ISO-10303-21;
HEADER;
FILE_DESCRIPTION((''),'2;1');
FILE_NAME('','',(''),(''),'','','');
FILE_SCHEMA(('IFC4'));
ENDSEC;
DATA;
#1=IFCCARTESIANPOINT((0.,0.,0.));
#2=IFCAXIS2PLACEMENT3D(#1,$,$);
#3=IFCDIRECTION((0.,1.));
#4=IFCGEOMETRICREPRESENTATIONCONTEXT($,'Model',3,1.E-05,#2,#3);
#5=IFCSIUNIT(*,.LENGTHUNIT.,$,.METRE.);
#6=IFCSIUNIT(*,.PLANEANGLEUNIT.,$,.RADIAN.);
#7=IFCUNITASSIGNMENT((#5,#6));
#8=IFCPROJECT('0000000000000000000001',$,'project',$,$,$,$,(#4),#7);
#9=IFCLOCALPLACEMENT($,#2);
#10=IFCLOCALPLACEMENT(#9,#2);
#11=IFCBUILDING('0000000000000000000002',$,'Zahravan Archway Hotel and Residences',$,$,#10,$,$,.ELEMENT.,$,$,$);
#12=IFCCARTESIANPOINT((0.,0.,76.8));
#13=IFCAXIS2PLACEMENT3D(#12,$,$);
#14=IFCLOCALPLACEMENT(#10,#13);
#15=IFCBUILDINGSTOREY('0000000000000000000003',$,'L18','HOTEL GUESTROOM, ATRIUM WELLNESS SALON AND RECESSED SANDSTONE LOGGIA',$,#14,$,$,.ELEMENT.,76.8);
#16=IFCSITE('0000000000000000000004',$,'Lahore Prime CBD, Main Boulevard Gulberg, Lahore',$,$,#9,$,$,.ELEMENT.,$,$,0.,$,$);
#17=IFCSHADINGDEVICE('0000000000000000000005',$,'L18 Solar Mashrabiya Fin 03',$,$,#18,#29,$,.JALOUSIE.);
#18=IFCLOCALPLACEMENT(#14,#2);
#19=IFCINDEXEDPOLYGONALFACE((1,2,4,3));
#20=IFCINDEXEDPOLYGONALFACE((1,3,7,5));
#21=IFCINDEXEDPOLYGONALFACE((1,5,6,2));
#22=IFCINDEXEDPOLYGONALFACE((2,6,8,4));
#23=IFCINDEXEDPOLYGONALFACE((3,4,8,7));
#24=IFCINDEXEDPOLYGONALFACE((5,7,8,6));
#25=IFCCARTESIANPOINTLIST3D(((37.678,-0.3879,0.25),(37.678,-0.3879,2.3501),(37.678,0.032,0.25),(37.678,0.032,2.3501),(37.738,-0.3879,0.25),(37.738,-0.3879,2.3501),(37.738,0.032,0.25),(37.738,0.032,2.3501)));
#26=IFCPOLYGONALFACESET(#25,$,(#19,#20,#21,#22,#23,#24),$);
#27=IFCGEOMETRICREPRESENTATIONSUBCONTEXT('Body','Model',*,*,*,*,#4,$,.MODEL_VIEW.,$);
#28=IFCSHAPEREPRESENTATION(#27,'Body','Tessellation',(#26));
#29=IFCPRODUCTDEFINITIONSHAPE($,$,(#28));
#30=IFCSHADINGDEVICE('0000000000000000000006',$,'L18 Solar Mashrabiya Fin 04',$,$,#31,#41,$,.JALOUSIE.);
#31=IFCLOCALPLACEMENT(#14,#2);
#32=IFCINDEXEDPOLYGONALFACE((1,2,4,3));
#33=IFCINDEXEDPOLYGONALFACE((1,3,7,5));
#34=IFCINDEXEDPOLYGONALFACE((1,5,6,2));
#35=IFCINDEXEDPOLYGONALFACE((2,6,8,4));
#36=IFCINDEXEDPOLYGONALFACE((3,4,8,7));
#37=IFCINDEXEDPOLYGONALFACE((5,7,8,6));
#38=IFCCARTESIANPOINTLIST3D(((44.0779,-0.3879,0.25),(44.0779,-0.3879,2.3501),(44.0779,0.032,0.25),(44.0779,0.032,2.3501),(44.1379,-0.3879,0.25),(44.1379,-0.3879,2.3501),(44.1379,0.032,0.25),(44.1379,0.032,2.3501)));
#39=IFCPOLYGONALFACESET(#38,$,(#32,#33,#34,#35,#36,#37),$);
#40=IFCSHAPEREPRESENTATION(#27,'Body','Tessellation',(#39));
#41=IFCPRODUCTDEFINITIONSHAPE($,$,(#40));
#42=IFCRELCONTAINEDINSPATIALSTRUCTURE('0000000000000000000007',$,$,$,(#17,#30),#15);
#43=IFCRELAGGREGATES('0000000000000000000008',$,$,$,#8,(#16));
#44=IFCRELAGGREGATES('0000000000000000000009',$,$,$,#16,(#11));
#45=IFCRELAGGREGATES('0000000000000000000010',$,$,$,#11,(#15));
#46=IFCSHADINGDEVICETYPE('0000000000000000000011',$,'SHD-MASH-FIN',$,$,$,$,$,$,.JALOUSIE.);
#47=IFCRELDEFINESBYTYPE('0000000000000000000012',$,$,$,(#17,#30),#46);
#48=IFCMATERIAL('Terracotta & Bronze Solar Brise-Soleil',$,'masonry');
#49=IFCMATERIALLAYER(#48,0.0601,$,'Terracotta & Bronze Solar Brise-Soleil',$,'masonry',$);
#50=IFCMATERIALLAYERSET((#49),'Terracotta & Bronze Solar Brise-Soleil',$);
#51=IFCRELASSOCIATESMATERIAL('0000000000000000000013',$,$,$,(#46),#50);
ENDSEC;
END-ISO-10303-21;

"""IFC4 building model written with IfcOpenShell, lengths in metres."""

from ifc_helpers import new_model, si_unit, direction, frame, origin, origin_2d, place, context, subcontext, project, spatial, rectangle, extrude, source, transform, mapped, material, layer, layer_set, type_object, type_shapes, element, save


model = new_model("IFC4")

# Units and contexts
model_context = context("Model", 3, precision=1e-05, world=origin(), true_north=direction((0.0, 1.0)))
body_context = subcontext(model_context, "Body", "Model", "MODEL_VIEW")
ifc_project = project(units=[si_unit("LENGTHUNIT", "METRE"), si_unit("PLANEANGLEUNIT", "RADIAN")], contexts=[model_context])

# Site, building, storey
site_placement = place(None, origin())
site = spatial("IfcSite", under=ifc_project, at=site_placement, Name="Lahore Prime CBD, Main Boulevard Gulberg, Lahore", CompositionType="ELEMENT", RefElevation=0.0)
building_placement = place(site_placement, origin())
building = spatial("IfcBuilding", under=site, at=building_placement, Name="Zahravan Archway Hotel and Residences", CompositionType="ELEMENT")
storey_placement = place(building_placement, frame((0.0, 0.0, 76.8)))
storey = spatial("IfcBuildingStorey", under=building, at=storey_placement, Name="L18", Description="HOTEL GUESTROOM, ATRIUM WELLNESS SALON AND RECESSED SANDSTONE LOGGIA", CompositionType="ELEMENT", Elevation=76.8)

# Shading devices
ifc_material_1 = material(Name="Terracotta & Bronze Solar Brise-Soleil", Category="masonry")
ifc_layer_1 = layer(ifc_material_1, 0.0601, Name="Terracotta & Bronze Solar Brise-Soleil", Category="masonry")
ifc_layer_set_1 = layer_set([ifc_layer_1], Name="Terracotta & Bronze Solar Brise-Soleil")
shading_device_type = type_object("IfcShadingDeviceType", Name="SHD-MASH-FIN", PredefinedType="JALOUSIE", material=ifc_layer_set_1)
shared_shape_1 = source(origin(), body_context, "Body", "SweptSolid", [
    extrude(rectangle(XDim=0.0601, YDim=0.4199, at=origin_2d()), origin(), (0.0, 0.0, 1.0), 2.1001),
])
type_shapes(shading_device_type, [shared_shape_1])
for number, where, z_axis, x_axis, name in (
    (1, (37.708, -0.178, 0.25), (0.0, 0.0, 1.0), (1.0, 0.0, 0.0), "L18 Solar Mashrabiya Fin 03"),
    (2, (44.1079, -0.178, 0.25), (0.0, 0.0, 1.0), (1.0, 0.0, 0.0), "L18 Solar Mashrabiya Fin 04"),
):
    element("IfcShadingDevice", number, at=place(storey_placement, frame(where, z_axis=z_axis, x_axis=x_axis)), inside=storey, type_object=shading_device_type, Name=name, PredefinedType="JALOUSIE", context=body_context, shape_type="MappedRepresentation", body=[
        mapped(shared_shape_1, transform((0.0, 0.0, 0.0), scale=1.0)),
    ])

save(model, "model.ifc")
